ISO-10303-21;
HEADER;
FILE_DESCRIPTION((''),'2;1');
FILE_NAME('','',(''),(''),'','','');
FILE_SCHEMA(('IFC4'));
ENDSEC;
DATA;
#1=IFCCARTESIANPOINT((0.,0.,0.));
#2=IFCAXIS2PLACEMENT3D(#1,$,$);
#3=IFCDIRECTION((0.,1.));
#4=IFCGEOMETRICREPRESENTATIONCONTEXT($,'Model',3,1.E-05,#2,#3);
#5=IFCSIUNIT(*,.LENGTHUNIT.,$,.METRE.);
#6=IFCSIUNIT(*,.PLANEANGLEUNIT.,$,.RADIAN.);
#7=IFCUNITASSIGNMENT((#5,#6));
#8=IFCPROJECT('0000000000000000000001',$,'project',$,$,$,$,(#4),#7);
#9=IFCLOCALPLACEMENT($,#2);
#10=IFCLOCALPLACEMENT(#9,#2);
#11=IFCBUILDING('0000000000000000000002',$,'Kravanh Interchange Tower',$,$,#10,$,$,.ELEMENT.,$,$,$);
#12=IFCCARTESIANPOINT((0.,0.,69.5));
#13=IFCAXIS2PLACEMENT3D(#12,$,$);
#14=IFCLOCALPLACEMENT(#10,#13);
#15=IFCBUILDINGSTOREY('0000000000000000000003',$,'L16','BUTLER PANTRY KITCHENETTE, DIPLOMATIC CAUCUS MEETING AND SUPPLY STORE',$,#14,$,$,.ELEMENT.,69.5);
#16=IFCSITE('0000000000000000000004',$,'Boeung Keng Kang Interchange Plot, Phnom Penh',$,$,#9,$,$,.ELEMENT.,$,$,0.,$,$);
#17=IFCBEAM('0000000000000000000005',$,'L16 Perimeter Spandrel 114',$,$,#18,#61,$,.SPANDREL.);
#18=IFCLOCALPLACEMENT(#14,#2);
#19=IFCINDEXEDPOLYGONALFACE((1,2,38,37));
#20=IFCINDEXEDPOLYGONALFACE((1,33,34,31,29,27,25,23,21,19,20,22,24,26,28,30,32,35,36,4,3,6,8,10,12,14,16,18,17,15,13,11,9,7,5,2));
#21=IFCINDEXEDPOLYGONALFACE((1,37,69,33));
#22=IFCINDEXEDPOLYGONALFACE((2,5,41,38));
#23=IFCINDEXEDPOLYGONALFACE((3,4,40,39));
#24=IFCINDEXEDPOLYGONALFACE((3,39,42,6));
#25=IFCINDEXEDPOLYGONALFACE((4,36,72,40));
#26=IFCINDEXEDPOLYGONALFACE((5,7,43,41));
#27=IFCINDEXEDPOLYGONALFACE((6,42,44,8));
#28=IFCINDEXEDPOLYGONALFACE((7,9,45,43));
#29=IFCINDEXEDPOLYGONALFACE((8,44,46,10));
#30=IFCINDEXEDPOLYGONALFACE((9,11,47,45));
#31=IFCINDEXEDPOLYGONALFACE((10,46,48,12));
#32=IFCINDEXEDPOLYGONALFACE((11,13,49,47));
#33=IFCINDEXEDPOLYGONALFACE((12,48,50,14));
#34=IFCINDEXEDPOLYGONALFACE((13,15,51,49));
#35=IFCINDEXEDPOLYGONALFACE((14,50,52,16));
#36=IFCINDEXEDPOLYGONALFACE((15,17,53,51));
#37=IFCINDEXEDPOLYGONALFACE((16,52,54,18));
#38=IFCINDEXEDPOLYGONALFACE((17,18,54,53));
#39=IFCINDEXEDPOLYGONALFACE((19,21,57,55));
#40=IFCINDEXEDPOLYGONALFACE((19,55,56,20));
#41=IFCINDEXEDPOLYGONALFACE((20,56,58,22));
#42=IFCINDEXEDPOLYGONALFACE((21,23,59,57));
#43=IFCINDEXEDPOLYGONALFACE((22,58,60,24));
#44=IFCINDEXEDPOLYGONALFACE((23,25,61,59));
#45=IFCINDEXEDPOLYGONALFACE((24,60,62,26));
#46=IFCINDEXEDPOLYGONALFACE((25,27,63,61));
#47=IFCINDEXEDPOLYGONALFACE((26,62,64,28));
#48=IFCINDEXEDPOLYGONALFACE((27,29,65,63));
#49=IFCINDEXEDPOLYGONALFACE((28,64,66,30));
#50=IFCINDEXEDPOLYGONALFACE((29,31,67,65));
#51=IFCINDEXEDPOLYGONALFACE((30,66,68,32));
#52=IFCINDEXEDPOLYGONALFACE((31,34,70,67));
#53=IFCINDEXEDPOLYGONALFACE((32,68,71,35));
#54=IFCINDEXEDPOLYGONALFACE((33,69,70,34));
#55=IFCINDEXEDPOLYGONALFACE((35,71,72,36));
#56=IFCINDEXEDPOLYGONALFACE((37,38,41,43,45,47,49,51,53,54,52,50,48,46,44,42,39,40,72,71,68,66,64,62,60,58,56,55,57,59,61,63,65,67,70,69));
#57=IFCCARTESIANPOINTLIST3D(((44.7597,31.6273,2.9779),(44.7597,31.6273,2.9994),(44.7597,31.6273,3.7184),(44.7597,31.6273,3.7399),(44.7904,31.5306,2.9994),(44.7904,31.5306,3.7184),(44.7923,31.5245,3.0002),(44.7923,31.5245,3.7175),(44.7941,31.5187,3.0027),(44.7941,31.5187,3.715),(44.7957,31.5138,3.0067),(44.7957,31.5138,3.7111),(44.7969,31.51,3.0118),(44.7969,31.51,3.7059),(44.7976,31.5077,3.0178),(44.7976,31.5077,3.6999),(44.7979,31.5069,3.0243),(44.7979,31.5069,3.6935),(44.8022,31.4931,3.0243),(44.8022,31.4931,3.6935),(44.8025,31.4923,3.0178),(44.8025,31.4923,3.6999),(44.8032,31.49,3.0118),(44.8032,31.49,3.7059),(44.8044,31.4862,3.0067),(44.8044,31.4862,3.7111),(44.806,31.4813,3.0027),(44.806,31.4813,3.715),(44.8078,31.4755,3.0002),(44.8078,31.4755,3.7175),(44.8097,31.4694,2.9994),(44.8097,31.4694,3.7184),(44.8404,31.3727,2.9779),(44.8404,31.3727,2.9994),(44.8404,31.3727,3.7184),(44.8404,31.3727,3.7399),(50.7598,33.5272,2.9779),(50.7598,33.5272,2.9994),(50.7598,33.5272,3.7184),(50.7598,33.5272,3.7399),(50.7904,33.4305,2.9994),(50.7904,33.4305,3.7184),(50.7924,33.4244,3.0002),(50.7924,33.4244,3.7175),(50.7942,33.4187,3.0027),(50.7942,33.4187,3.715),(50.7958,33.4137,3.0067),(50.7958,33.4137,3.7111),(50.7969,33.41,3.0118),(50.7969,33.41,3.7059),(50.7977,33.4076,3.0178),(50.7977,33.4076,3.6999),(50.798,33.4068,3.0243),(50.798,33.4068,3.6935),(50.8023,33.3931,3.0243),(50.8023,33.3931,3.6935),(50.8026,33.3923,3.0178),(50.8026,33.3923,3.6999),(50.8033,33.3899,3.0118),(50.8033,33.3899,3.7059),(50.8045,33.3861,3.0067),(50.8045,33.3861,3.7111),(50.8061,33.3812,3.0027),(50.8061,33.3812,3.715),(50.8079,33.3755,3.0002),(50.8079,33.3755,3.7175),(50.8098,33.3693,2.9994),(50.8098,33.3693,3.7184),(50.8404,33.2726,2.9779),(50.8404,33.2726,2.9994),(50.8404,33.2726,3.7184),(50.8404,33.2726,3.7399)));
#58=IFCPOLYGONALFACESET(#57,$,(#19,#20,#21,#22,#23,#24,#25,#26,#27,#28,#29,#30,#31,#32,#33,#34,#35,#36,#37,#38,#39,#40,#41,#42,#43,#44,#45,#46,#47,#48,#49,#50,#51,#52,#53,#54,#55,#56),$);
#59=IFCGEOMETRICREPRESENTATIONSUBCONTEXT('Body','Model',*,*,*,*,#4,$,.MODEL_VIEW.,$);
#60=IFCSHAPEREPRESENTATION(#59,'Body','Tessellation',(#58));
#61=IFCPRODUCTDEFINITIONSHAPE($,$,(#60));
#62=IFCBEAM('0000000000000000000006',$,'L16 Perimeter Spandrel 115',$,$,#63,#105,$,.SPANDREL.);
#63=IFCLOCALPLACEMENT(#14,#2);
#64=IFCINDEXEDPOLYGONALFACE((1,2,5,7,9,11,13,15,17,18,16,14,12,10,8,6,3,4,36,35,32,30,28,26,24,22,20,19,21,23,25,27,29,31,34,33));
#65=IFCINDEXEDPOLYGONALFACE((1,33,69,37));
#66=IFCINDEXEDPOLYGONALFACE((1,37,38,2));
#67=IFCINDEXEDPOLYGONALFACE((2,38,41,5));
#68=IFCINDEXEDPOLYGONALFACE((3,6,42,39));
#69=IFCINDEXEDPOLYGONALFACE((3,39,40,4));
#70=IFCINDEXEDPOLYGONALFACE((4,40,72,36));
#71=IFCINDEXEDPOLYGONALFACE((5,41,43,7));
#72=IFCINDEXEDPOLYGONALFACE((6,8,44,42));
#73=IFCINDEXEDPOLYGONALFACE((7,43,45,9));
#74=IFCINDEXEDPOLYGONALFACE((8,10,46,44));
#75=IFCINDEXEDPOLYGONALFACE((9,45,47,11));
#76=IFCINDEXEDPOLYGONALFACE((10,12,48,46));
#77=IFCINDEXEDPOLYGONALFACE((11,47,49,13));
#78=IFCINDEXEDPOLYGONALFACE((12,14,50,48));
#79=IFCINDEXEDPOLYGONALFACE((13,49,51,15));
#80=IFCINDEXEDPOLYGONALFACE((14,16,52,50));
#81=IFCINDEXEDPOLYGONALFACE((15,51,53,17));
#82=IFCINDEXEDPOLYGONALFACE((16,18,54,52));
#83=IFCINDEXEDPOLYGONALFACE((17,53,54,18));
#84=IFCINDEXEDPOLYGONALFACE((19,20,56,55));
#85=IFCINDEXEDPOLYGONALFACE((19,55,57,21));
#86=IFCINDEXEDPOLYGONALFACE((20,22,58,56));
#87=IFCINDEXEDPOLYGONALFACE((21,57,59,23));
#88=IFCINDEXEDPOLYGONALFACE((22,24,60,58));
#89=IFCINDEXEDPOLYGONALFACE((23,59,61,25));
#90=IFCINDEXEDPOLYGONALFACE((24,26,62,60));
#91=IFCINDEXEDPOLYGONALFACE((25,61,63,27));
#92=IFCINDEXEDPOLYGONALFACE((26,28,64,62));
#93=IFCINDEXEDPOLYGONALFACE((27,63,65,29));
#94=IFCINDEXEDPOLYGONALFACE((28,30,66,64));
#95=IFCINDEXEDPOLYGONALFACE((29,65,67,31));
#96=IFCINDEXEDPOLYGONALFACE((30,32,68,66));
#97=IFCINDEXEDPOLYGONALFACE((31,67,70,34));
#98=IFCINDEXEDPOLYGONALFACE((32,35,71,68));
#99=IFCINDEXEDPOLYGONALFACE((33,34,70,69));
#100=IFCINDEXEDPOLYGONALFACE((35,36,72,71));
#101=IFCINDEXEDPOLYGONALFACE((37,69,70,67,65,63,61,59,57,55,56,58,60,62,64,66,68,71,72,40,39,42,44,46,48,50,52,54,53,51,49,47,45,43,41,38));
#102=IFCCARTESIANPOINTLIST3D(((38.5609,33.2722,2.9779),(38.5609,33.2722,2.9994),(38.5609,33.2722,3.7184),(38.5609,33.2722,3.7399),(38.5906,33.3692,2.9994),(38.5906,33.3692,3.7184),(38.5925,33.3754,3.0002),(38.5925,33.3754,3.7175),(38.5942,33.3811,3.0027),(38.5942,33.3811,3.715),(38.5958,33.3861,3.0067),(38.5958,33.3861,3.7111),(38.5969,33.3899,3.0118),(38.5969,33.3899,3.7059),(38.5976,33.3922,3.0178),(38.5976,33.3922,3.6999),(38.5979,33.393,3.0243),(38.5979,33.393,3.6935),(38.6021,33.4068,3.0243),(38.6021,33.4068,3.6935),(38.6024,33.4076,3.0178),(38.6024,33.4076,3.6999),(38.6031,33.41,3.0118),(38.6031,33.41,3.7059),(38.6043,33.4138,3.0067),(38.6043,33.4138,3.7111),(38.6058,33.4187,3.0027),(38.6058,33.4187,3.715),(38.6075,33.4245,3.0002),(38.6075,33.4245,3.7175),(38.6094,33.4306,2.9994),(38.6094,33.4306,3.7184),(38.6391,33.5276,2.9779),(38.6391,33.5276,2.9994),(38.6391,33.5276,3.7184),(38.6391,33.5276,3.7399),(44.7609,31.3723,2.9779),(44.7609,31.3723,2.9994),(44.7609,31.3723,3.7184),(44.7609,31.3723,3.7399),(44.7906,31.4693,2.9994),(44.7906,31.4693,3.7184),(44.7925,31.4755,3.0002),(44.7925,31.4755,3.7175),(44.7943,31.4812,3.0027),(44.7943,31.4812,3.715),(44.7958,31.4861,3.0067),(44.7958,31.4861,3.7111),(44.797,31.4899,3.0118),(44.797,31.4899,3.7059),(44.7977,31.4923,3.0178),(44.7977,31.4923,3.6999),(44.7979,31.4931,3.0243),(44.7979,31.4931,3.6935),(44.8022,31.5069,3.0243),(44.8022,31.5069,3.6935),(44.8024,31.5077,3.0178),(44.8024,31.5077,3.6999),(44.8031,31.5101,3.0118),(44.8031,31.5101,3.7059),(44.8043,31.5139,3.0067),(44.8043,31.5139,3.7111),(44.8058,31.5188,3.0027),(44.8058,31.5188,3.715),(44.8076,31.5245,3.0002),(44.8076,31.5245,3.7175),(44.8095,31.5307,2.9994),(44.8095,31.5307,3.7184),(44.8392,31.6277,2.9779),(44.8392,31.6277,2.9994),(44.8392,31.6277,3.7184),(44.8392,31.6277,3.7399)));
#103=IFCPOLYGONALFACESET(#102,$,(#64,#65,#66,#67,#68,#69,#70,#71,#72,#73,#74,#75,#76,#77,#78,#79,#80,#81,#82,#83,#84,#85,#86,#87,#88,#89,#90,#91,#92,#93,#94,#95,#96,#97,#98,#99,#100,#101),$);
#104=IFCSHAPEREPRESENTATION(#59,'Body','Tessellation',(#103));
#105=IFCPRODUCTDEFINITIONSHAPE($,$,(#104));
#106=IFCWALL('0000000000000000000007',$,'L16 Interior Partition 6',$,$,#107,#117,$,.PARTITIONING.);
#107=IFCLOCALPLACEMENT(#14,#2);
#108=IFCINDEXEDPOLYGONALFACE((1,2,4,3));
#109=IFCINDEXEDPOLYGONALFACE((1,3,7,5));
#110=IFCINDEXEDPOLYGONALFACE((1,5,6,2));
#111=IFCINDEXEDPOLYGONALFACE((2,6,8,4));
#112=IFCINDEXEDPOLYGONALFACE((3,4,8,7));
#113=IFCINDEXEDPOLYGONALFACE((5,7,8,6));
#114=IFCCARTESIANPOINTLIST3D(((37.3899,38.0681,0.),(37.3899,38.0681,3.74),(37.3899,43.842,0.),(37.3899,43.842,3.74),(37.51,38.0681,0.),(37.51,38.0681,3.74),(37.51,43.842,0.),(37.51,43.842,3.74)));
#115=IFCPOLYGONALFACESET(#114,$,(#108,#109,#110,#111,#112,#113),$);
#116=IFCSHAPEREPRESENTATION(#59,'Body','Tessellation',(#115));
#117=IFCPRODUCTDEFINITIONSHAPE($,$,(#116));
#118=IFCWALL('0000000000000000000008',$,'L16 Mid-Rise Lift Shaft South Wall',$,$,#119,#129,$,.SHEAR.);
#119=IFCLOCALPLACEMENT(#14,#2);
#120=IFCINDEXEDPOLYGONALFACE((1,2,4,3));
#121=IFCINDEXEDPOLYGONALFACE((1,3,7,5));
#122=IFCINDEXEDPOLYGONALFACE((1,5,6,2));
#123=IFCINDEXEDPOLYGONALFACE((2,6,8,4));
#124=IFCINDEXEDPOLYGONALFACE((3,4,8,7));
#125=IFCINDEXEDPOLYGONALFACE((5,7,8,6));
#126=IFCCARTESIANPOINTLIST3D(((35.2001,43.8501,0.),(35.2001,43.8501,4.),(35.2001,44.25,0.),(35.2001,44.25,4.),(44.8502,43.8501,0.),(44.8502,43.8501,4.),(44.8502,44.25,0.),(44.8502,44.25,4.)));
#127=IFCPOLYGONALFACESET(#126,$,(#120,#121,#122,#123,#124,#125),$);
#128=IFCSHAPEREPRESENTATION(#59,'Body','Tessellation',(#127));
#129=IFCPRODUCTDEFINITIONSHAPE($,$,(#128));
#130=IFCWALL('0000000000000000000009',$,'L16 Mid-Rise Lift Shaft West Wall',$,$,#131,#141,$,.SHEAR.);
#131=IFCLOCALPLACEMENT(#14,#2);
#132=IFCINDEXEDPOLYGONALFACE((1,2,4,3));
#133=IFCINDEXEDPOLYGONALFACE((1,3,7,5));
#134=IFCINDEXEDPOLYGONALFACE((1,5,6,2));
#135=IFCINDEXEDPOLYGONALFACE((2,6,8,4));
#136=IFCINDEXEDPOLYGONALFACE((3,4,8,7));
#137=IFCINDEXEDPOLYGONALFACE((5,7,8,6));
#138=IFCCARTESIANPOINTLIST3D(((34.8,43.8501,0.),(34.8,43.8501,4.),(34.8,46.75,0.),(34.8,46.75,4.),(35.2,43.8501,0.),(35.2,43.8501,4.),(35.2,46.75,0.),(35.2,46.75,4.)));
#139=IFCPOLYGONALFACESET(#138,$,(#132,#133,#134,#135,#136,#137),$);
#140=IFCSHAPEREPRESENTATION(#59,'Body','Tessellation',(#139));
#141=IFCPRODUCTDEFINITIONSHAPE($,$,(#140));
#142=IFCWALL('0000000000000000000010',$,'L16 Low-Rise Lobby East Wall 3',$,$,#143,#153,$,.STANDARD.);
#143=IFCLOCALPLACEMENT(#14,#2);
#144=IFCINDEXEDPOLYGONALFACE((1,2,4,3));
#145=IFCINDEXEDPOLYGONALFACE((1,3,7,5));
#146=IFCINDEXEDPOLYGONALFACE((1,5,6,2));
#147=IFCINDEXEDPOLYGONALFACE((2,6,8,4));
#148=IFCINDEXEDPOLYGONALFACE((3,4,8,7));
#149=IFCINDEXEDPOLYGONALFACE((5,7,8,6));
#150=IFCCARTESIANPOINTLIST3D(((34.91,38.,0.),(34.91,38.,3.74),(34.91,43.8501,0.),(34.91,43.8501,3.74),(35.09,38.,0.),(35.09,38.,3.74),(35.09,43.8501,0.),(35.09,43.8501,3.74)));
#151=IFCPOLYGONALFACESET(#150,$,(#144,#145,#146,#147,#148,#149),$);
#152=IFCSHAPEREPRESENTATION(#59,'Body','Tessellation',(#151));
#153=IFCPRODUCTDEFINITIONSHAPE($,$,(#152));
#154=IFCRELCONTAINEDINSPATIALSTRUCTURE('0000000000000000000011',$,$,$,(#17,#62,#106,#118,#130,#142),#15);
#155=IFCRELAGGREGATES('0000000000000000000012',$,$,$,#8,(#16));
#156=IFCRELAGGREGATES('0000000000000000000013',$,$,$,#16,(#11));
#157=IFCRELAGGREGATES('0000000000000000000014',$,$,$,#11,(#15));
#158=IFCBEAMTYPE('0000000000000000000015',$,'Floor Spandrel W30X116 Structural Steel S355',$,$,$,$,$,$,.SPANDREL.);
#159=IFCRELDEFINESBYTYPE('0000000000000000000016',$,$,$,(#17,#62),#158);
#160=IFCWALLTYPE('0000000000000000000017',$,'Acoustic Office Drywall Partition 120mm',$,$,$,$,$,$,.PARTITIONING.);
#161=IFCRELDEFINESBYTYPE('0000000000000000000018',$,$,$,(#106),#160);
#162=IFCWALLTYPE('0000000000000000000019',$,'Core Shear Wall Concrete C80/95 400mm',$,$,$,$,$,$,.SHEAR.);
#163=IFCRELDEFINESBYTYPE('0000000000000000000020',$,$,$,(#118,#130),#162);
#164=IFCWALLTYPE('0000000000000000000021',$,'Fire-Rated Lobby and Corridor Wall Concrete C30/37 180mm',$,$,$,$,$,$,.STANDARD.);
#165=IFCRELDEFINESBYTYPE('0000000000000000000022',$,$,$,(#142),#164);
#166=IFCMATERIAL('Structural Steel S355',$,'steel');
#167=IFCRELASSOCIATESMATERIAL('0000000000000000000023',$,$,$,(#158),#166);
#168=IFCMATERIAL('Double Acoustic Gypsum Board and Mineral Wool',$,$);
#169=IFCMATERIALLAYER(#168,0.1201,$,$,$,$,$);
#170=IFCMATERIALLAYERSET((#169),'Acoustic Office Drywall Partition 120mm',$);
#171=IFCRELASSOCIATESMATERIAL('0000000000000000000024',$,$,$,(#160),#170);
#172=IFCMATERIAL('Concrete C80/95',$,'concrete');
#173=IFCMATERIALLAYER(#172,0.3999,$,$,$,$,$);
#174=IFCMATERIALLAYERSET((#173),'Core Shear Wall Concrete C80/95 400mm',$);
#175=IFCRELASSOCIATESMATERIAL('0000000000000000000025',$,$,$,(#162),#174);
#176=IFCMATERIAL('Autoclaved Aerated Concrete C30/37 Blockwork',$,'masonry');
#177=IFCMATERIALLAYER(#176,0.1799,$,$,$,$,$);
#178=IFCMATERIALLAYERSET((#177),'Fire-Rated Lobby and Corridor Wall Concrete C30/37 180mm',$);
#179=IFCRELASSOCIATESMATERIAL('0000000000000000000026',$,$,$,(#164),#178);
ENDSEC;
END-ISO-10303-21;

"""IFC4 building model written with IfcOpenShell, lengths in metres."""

from ifc_helpers import new_model, si_unit, direction, frame, frame_2d, origin, origin_2d, place, context, subcontext, project, spatial, rectangle, i_section, extrude, material, layer, layer_set, material_profile, profile_set, type_object, element, save


model = new_model("IFC4")

# Units and contexts
model_context = context("Model", 3, precision=1e-05, world=origin(), true_north=direction((0.0, 1.0)))
body_context = subcontext(model_context, "Body", "Model", "MODEL_VIEW")
ifc_project = project(units=[si_unit("LENGTHUNIT", "METRE"), si_unit("PLANEANGLEUNIT", "RADIAN")], contexts=[model_context])

# Site, building, storey
site_placement = place(None, origin())
site = spatial("IfcSite", under=ifc_project, at=site_placement, Name="Boeung Keng Kang Interchange Plot, Phnom Penh", CompositionType="ELEMENT", RefElevation=0.0)
building_placement = place(site_placement, origin())
building = spatial("IfcBuilding", under=site, at=building_placement, Name="Kravanh Interchange Tower", CompositionType="ELEMENT")
storey_placement = place(building_placement, frame((0.0, 0.0, 69.5)))
storey = spatial("IfcBuildingStorey", under=building, at=storey_placement, Name="L16", Description="BUTLER PANTRY KITCHENETTE, DIPLOMATIC CAUCUS MEETING AND SUPPLY STORE", CompositionType="ELEMENT", Elevation=69.5)

# Beams
ifc_material_1 = material(Name="Structural Steel S355", Category="steel")
ifc_material_profile_1 = material_profile(ifc_material_1, i_section(OverallWidth=0.2671, OverallDepth=0.762, WebThickness=0.0144, FlangeThickness=0.0215, FilletRadius=0.0249, at=origin_2d()), Name="W30X116")
ifc_profile_set_1 = profile_set([ifc_material_profile_1], Name="Structural Steel S355")
beam_type_1 = type_object("IfcBeamType", Name="Floor Spandrel W30X116 Structural Steel S355", PredefinedType="SPANDREL", material=ifc_profile_set_1)
beam_1_placement = place(storey_placement, frame((44.8, 31.5, 3.3589), z_axis=(0.953347, 0.301878, 0.0), x_axis=(-0.301878, 0.953347, 0.0)))
element("IfcBeam", 1, at=beam_1_placement, inside=storey, type_object=beam_type_1, Name="L16 Perimeter Spandrel 114", PredefinedType="SPANDREL", context=body_context, shape_type="SweptSolid", body=[
    extrude(i_section(OverallWidth=0.2671, OverallDepth=0.762, WebThickness=0.0144, FlangeThickness=0.0215, FilletRadius=0.0249, at=origin_2d()), origin(), (0.0, 0.0, 1.0), 6.2937),
])
beam_2_placement = place(storey_placement, frame((44.8, 31.5, 3.3589), z_axis=(-0.956115, 0.29299, 0.0), x_axis=(-0.29299, -0.956115, 0.0)))
element("IfcBeam", 2, at=beam_2_placement, inside=storey, type_object=beam_type_1, Name="L16 Perimeter Spandrel 115", PredefinedType="SPANDREL", context=body_context, shape_type="SweptSolid", body=[
    extrude(i_section(OverallWidth=0.2671, OverallDepth=0.762, WebThickness=0.0144, FlangeThickness=0.0215, FilletRadius=0.0249, at=origin_2d()), origin(), (0.0, 0.0, 1.0), 6.4846),
])

# Walls
ifc_material_2 = material(Name="Double Acoustic Gypsum Board and Mineral Wool")
ifc_layer_1 = layer(ifc_material_2, 0.1201)
ifc_layer_set_1 = layer_set([ifc_layer_1], Name="Acoustic Office Drywall Partition 120mm")
wall_type_1 = type_object("IfcWallType", Name="Acoustic Office Drywall Partition 120mm", PredefinedType="PARTITIONING", material=ifc_layer_set_1)
wall_1_placement = place(storey_placement, frame((37.45, 38.0681, 0.0), z_axis=(0.0, 0.0, 1.0), x_axis=(0.0, 1.0, 0.0)))
element("IfcWall", 3, at=wall_1_placement, inside=storey, type_object=wall_type_1, Name="L16 Interior Partition 6", PredefinedType="PARTITIONING", context=body_context, shape_type="SweptSolid", body=[
    extrude(rectangle(XDim=5.7739, YDim=0.1201, at=frame_2d((2.887, 0.0))), origin(), (0.0, 0.0, 1.0), 3.74),
])
ifc_material_3 = material(Name="Concrete C80/95", Category="concrete")
ifc_layer_2 = layer(ifc_material_3, 0.3999)
ifc_layer_set_2 = layer_set([ifc_layer_2], Name="Core Shear Wall Concrete C80/95 400mm")
wall_type_2 = type_object("IfcWallType", Name="Core Shear Wall Concrete C80/95 400mm", PredefinedType="SHEAR", material=ifc_layer_set_2)
wall_2_placement = place(storey_placement, frame((35.2, 44.05, 0.0), z_axis=(0.0, 0.0, 1.0), x_axis=(1.0, 0.0, 0.0)))
element("IfcWall", 4, at=wall_2_placement, inside=storey, type_object=wall_type_2, Name="L16 Mid-Rise Lift Shaft South Wall", PredefinedType="SHEAR", context=body_context, shape_type="SweptSolid", body=[
    extrude(rectangle(XDim=9.6501, YDim=0.3999, at=frame_2d((4.8252, 0.0))), origin(), (0.0, 0.0, 1.0), 4.0),
])
wall_3_placement = place(storey_placement, frame((35.0, 43.8501, 0.0), z_axis=(0.0, 0.0, 1.0), x_axis=(0.0, 1.0, 0.0)))
element("IfcWall", 5, at=wall_3_placement, inside=storey, type_object=wall_type_2, Name="L16 Mid-Rise Lift Shaft West Wall", PredefinedType="SHEAR", context=body_context, shape_type="SweptSolid", body=[
    extrude(rectangle(XDim=2.8999, YDim=0.3999, at=frame_2d((1.45, 0.0))), origin(), (0.0, 0.0, 1.0), 4.0),
])
ifc_material_4 = material(Name="Autoclaved Aerated Concrete C30/37 Blockwork", Category="masonry")
ifc_layer_3 = layer(ifc_material_4, 0.1799)
ifc_layer_set_3 = layer_set([ifc_layer_3], Name="Fire-Rated Lobby and Corridor Wall Concrete C30/37 180mm")
wall_type_3 = type_object("IfcWallType", Name="Fire-Rated Lobby and Corridor Wall Concrete C30/37 180mm", PredefinedType="STANDARD", material=ifc_layer_set_3)
wall_4_placement = place(storey_placement, frame((35.0, 38.0, 0.0), z_axis=(0.0, 0.0, 1.0), x_axis=(0.0, 1.0, 0.0)))
element("IfcWall", 6, at=wall_4_placement, inside=storey, type_object=wall_type_3, Name="L16 Low-Rise Lobby East Wall 3", PredefinedType="STANDARD", context=body_context, shape_type="SweptSolid", body=[
    extrude(rectangle(XDim=5.8501, YDim=0.1799, at=frame_2d((2.925, 0.0))), origin(), (0.0, 0.0, 1.0), 3.74),
])

save(model, "model.ifc")
